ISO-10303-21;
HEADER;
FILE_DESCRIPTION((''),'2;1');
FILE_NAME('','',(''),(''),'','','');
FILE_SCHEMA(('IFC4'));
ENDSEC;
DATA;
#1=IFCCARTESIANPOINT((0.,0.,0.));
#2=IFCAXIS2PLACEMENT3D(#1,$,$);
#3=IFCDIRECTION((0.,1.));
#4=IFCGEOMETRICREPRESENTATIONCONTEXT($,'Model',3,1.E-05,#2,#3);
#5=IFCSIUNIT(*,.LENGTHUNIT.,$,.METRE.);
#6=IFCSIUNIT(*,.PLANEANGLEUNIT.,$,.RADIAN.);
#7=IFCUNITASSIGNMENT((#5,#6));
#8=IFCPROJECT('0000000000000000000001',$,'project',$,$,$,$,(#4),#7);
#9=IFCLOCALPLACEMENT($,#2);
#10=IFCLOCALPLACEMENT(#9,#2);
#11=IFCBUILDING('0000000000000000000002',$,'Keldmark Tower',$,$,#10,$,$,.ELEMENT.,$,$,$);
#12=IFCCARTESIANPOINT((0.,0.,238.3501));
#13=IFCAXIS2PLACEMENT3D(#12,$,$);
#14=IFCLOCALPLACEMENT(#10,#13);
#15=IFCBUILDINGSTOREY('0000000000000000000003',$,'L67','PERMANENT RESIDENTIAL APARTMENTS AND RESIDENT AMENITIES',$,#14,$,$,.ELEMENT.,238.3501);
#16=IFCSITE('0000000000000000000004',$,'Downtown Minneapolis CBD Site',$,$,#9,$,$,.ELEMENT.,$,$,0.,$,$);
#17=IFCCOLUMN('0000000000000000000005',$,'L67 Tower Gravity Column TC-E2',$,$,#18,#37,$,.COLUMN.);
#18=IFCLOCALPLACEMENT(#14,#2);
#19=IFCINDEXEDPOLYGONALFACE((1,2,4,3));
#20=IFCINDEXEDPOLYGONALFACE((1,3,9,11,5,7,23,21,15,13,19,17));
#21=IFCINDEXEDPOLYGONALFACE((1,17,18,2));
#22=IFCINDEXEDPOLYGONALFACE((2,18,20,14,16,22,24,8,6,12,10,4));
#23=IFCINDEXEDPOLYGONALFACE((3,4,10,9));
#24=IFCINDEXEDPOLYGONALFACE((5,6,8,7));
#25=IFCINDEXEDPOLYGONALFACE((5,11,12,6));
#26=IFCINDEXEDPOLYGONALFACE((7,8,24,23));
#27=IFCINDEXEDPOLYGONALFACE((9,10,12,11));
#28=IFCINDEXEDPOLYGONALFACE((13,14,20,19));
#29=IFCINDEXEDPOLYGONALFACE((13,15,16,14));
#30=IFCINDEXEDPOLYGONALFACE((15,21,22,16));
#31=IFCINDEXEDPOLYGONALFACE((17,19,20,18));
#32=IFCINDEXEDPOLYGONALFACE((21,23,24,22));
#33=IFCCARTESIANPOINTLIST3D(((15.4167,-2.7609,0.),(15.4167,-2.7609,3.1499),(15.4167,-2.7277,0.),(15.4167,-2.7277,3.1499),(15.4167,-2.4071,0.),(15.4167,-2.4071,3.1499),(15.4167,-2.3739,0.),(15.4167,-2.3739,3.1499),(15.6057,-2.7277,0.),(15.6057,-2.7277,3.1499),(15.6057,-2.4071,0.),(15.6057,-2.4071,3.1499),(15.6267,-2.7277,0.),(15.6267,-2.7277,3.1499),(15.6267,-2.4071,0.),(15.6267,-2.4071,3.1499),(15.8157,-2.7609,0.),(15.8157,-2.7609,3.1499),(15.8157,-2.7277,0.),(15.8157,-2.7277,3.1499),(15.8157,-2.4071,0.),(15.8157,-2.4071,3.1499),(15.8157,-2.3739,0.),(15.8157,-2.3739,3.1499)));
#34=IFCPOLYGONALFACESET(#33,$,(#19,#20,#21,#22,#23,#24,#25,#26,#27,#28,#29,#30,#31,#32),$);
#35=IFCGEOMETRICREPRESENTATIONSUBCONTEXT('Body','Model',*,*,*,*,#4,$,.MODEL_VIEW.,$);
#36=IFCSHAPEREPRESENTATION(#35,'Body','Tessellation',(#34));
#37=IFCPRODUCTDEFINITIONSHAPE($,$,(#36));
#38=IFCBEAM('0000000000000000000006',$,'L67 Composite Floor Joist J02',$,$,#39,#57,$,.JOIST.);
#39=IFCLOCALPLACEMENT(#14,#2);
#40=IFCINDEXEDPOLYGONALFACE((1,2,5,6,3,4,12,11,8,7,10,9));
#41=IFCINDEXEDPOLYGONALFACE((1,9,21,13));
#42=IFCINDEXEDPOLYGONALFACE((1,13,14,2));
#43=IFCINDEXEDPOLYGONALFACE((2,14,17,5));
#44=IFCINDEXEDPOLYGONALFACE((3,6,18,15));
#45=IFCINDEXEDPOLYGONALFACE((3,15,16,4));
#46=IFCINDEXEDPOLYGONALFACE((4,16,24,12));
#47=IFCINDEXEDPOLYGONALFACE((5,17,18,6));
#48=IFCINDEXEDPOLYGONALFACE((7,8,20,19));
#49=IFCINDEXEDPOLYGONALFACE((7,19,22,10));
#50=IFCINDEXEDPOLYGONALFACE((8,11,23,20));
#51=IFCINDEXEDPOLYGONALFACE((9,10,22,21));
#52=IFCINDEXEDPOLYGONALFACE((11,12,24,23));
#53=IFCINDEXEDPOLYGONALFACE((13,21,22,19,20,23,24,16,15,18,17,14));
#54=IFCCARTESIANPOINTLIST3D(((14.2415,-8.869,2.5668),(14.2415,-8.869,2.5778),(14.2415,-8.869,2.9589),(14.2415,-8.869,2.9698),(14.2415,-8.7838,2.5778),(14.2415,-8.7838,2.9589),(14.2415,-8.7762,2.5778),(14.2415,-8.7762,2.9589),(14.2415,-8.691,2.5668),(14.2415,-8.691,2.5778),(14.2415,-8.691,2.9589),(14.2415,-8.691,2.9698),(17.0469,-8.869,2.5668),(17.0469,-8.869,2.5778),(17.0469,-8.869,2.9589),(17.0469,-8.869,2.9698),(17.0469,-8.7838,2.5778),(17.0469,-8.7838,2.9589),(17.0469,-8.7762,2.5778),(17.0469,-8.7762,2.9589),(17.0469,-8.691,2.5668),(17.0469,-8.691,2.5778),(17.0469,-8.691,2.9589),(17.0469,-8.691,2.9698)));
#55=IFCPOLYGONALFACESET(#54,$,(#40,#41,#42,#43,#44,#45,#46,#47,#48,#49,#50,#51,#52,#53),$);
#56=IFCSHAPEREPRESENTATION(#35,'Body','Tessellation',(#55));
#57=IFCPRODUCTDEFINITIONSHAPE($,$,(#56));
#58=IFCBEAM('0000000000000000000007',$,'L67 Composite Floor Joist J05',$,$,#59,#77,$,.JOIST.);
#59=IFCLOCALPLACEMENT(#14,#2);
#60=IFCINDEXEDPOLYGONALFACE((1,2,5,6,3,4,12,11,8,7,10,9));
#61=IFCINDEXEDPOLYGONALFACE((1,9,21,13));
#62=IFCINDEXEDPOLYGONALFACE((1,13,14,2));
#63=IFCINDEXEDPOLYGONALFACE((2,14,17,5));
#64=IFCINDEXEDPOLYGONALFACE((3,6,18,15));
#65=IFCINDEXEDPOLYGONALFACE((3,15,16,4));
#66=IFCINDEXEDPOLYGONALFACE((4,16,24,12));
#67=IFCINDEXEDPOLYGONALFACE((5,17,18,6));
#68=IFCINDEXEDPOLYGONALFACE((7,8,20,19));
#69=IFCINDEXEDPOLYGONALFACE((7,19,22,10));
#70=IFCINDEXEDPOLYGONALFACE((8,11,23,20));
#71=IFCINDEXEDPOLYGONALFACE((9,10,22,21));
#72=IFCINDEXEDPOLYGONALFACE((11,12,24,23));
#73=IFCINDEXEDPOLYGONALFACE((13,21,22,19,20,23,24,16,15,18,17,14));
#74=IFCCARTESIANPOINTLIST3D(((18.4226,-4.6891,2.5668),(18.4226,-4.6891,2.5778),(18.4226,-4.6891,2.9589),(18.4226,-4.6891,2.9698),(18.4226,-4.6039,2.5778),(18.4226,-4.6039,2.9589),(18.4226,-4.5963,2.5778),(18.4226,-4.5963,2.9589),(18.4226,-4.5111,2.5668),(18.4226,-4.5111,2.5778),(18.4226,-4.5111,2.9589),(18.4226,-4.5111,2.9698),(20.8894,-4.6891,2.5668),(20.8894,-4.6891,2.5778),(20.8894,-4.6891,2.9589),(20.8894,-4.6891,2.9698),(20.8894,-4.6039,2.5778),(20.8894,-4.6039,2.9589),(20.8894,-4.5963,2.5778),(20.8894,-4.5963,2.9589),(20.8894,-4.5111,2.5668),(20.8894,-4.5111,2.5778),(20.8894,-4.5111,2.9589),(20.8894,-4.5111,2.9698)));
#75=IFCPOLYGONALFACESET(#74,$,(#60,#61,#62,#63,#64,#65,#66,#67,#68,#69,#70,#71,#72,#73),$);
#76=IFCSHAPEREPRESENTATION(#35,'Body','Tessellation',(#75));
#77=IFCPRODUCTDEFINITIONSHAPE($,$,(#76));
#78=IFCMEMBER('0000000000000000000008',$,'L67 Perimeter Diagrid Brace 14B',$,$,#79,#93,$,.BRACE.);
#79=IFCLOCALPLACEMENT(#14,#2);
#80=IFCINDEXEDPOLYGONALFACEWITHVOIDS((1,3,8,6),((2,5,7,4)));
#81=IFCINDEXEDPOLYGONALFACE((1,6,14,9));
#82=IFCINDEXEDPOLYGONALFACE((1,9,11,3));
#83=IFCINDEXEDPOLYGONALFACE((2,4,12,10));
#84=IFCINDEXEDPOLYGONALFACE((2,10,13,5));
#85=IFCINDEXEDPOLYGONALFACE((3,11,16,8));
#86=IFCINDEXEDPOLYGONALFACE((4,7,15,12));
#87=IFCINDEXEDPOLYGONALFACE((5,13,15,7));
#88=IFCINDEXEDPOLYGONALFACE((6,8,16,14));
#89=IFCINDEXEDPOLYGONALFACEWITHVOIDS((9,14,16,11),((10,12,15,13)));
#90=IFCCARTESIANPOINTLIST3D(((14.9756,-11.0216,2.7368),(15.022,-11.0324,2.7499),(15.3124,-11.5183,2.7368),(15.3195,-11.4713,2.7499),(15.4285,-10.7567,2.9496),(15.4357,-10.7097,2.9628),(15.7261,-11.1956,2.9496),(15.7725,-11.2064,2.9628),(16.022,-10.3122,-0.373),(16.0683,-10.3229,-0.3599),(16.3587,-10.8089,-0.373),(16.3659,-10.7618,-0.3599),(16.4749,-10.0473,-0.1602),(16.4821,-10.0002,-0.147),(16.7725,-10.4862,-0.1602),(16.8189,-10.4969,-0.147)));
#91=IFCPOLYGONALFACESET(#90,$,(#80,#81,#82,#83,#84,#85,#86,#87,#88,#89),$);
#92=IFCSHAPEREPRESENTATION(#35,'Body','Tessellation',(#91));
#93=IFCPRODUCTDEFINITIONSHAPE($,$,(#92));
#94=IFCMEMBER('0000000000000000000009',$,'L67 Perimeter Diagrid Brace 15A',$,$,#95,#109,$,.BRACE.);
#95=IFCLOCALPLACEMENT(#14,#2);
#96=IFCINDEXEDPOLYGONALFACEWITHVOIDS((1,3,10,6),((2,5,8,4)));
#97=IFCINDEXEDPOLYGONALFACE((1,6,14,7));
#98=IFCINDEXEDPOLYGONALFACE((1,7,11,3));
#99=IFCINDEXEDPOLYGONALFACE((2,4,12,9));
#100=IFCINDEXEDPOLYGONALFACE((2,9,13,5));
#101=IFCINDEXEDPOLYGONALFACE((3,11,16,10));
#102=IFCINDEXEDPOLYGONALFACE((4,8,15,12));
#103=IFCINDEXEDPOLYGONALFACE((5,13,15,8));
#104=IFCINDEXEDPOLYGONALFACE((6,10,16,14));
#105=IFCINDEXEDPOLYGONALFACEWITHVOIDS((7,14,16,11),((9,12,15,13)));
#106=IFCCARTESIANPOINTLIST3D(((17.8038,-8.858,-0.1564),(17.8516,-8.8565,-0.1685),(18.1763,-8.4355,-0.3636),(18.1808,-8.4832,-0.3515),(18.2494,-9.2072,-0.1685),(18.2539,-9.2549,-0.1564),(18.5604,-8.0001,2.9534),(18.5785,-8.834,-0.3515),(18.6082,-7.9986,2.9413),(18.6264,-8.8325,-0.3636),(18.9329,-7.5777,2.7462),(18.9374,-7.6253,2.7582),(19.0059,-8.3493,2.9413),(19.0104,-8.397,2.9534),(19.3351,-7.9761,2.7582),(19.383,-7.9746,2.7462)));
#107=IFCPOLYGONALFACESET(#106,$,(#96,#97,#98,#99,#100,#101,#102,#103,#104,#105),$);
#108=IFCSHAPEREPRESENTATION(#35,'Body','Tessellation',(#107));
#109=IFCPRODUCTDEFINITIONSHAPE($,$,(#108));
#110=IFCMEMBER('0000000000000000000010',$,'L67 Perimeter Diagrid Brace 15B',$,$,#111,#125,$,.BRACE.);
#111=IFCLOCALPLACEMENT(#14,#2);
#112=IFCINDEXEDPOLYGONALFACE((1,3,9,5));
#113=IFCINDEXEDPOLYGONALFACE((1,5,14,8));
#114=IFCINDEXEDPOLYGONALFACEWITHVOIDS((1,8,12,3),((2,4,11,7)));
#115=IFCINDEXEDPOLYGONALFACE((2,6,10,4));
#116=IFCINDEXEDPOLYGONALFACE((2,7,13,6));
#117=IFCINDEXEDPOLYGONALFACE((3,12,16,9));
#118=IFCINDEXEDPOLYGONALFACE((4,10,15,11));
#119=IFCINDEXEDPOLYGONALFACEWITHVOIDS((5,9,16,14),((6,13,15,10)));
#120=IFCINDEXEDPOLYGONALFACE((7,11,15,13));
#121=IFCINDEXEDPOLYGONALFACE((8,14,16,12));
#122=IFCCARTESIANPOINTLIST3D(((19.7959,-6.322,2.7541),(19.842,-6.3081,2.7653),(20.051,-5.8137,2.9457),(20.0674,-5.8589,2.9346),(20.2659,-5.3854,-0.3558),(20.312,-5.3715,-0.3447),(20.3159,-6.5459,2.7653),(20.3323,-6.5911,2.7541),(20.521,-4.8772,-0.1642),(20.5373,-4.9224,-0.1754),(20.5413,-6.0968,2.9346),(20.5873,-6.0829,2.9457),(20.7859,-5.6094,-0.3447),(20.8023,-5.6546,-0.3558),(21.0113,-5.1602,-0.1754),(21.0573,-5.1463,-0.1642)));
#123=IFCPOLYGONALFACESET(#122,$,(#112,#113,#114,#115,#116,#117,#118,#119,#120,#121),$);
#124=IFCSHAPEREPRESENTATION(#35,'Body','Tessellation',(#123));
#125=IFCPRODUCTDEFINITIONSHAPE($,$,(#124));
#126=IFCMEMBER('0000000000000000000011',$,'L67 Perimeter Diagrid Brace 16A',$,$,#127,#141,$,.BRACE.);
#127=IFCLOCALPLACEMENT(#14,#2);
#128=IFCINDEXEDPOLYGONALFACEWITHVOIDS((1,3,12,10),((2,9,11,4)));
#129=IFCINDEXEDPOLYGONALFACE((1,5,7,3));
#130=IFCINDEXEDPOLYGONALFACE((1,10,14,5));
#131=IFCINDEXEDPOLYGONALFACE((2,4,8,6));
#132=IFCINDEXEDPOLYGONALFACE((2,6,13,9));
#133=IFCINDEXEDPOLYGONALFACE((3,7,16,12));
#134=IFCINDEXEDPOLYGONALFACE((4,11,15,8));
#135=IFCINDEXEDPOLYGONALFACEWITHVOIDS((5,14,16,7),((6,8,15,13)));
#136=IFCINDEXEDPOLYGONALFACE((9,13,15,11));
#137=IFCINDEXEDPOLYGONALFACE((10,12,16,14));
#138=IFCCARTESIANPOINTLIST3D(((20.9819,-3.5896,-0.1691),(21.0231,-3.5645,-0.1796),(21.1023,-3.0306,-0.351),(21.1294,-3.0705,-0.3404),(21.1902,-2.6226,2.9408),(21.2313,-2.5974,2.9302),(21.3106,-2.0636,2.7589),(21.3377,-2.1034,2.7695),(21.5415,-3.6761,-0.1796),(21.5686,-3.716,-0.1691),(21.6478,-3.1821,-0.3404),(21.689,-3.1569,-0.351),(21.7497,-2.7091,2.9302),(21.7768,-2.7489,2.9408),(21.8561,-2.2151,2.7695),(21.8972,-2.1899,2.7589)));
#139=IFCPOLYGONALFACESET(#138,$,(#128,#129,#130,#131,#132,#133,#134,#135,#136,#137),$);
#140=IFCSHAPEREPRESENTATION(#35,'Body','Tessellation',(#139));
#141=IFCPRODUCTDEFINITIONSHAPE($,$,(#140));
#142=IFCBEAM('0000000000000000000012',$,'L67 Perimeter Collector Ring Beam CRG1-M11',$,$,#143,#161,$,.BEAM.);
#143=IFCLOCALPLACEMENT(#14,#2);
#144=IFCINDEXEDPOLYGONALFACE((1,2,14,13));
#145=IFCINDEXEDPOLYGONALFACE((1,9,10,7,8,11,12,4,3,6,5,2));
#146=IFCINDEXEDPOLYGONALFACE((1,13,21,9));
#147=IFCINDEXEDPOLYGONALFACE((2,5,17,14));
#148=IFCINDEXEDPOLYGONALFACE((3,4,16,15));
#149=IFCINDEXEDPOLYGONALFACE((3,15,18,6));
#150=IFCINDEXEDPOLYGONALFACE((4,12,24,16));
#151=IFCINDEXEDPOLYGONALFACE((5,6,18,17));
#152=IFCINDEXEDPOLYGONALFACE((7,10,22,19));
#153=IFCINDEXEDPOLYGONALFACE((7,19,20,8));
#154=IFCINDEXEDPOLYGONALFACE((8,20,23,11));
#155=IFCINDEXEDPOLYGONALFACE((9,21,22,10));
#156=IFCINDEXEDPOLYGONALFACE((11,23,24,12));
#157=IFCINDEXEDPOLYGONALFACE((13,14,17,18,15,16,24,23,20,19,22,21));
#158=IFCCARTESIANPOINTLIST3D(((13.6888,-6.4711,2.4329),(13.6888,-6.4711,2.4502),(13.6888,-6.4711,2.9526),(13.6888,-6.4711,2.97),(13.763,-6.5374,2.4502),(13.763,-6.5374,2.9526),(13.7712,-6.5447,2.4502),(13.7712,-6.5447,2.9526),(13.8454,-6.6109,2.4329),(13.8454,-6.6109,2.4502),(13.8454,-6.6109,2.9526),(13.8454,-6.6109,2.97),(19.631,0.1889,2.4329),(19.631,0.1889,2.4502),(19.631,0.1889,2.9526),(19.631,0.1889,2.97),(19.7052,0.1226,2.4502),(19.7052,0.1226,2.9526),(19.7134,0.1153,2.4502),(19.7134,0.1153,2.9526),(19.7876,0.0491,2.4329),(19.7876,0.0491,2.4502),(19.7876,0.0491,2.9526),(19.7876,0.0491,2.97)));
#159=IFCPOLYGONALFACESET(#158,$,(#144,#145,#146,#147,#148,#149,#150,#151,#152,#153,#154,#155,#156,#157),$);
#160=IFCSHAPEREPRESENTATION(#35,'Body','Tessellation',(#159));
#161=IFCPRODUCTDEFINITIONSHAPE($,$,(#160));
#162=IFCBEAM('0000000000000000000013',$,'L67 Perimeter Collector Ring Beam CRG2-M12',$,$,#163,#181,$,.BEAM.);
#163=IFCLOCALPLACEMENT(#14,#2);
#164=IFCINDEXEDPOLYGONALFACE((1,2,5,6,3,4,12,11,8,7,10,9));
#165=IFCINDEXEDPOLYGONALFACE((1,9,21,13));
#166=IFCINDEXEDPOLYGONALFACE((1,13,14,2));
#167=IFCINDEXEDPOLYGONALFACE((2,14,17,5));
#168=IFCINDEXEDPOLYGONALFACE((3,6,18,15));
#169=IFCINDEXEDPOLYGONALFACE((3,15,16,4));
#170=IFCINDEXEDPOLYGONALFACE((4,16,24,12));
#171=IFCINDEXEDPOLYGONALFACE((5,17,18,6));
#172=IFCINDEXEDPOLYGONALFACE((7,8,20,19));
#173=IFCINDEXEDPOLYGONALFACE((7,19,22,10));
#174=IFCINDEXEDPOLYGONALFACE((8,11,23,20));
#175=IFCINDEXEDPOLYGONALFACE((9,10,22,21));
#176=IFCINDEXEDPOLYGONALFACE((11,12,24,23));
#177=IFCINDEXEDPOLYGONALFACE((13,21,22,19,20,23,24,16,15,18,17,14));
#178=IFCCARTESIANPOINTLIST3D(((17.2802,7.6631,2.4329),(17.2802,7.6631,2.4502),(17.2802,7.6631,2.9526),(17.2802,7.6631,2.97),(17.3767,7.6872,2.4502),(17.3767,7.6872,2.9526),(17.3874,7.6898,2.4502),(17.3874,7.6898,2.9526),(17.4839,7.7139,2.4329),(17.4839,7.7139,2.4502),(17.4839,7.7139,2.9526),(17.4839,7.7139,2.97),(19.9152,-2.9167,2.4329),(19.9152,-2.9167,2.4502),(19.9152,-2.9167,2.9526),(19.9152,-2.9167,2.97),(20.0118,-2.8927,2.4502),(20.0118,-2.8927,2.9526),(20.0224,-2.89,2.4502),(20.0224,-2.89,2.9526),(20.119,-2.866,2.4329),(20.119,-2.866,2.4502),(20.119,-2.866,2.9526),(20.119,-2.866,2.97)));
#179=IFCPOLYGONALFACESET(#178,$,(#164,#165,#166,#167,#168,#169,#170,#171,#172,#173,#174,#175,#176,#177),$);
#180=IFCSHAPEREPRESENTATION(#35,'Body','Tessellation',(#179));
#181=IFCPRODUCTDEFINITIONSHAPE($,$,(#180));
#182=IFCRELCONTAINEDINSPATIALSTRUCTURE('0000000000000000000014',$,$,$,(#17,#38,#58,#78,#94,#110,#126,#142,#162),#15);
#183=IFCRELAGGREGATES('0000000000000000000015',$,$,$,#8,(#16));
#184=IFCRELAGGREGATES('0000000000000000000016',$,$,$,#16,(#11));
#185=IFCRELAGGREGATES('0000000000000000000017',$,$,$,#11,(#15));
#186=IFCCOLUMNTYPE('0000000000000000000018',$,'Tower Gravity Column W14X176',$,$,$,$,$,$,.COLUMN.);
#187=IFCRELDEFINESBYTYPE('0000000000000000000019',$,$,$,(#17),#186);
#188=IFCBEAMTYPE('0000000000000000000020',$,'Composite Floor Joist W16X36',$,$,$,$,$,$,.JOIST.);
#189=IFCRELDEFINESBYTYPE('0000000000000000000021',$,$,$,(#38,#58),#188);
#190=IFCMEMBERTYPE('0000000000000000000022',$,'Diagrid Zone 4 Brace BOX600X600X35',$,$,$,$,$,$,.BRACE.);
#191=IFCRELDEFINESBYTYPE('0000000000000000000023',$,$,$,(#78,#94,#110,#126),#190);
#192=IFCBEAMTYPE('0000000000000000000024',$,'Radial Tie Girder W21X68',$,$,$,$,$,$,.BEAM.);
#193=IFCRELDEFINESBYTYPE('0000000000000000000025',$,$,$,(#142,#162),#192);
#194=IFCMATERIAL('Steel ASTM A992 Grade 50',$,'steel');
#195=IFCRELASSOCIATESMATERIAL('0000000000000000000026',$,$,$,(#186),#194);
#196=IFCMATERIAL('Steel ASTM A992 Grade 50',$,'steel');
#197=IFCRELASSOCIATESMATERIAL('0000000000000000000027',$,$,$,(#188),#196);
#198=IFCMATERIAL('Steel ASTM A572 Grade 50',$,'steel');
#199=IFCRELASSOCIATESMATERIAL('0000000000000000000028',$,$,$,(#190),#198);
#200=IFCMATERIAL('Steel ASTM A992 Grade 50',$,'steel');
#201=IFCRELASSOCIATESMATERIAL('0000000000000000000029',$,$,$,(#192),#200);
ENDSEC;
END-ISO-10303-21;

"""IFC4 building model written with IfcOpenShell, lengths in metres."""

from ifc_helpers import new_model, si_unit, direction, frame, origin, origin_2d, place, context, subcontext, project, spatial, hollow_rectangle, i_section, extrude, material, material_profile, profile_set, type_object, element, save


model = new_model("IFC4")

# Units and contexts
model_context = context("Model", 3, precision=1e-05, world=origin(), true_north=direction((0.0, 1.0)))
body_context = subcontext(model_context, "Body", "Model", "MODEL_VIEW")
ifc_project = project(units=[si_unit("LENGTHUNIT", "METRE"), si_unit("PLANEANGLEUNIT", "RADIAN")], contexts=[model_context])

# Site, building, storey
site_placement = place(None, origin())
site = spatial("IfcSite", under=ifc_project, at=site_placement, Name="Downtown Minneapolis CBD Site", CompositionType="ELEMENT", RefElevation=0.0)
building_placement = place(site_placement, origin())
building = spatial("IfcBuilding", under=site, at=building_placement, Name="Keldmark Tower", CompositionType="ELEMENT")
storey_placement = place(building_placement, frame((0.0, 0.0, 238.3501)))
storey = spatial("IfcBuildingStorey", under=building, at=storey_placement, Name="L67", Description="PERMANENT RESIDENTIAL APARTMENTS AND RESIDENT AMENITIES", CompositionType="ELEMENT", Elevation=238.3501)

# Column
ifc_material_1 = material(Name="Steel ASTM A992 Grade 50", Category="steel")
ifc_material_profile_1 = material_profile(ifc_material_1, i_section(OverallWidth=0.3989, OverallDepth=0.387, WebThickness=0.021, FlangeThickness=0.0332, at=origin_2d()), Name="W14X176")
ifc_profile_set_1 = profile_set([ifc_material_profile_1], Name="Steel ASTM A992 Grade 50")
column_type = type_object("IfcColumnType", Name="Tower Gravity Column W14X176", PredefinedType="COLUMN", material=ifc_profile_set_1)
column_placement = place(storey_placement, frame((15.6162, -2.5674, 0.0), z_axis=(0.0, 0.0, 1.0), x_axis=(1.0, 0.0, 0.0)))
element("IfcColumn", 1, at=column_placement, inside=storey, type_object=column_type, Name="L67 Tower Gravity Column TC-E2", PredefinedType="COLUMN", context=body_context, shape_type="SweptSolid", body=[
    extrude(i_section(OverallWidth=0.3989, OverallDepth=0.387, WebThickness=0.021, FlangeThickness=0.0332, at=origin_2d()), origin(), (0.0, 0.0, 1.0), 3.1499),
])

# Beams
ifc_material_2 = material(Name="Steel ASTM A992 Grade 50", Category="steel")
ifc_material_profile_2 = material_profile(ifc_material_2, i_section(OverallWidth=0.178, OverallDepth=0.4031, WebThickness=0.0076, FlangeThickness=0.011, at=origin_2d()), Name="W16X36")
ifc_profile_set_2 = profile_set([ifc_material_profile_2], Name="Steel ASTM A992 Grade 50")
beam_type_1 = type_object("IfcBeamType", Name="Composite Floor Joist W16X36", PredefinedType="JOIST", material=ifc_profile_set_2)
beam_1_placement = place(storey_placement, frame((14.2415, -8.78, 2.7683), z_axis=(1.0, 0.0, 0.0), x_axis=(0.0, 1.0, 0.0)))
element("IfcBeam", 2, at=beam_1_placement, inside=storey, type_object=beam_type_1, Name="L67 Composite Floor Joist J02", PredefinedType="JOIST", context=body_context, shape_type="SweptSolid", body=[
    extrude(i_section(OverallWidth=0.178, OverallDepth=0.4031, WebThickness=0.0076, FlangeThickness=0.011, at=origin_2d()), origin(), (0.0, 0.0, 1.0), 2.8054),
])
beam_2_placement = place(storey_placement, frame((18.4226, -4.6001, 2.7683), z_axis=(1.0, 0.0, 0.0), x_axis=(0.0, 1.0, 0.0)))
element("IfcBeam", 3, at=beam_2_placement, inside=storey, type_object=beam_type_1, Name="L67 Composite Floor Joist J05", PredefinedType="JOIST", context=body_context, shape_type="SweptSolid", body=[
    extrude(i_section(OverallWidth=0.178, OverallDepth=0.4031, WebThickness=0.0076, FlangeThickness=0.011, at=origin_2d()), origin(), (0.0, 0.0, 1.0), 2.4668),
])

# Members
ifc_material_3 = material(Name="Steel ASTM A572 Grade 50", Category="steel")
ifc_material_profile_3 = material_profile(ifc_material_3, hollow_rectangle(XDim=0.6001, YDim=0.6001, WallThickness=0.0349, at=origin_2d()), Name="BOX600X600X35")
ifc_profile_set_3 = profile_set([ifc_material_profile_3], Name="Steel ASTM A572 Grade 50")
member_type = type_object("IfcMemberType", Name="Diagrid Zone 4 Brace BOX600X600X35", PredefinedType="BRACE", material=ifc_profile_set_3)
member_1_placement = place(storey_placement, frame((16.4204, -10.4045, -0.26), z_axis=(-0.311702, -0.211341, 0.926378), x_axis=(0.56119, -0.827687, 0.0)))
element("IfcMember", 4, at=member_1_placement, inside=storey, type_object=member_type, Name="L67 Perimeter Diagrid Brace 14B", PredefinedType="BRACE", context=body_context, shape_type="SweptSolid", body=[
    extrude(hollow_rectangle(XDim=0.6001, YDim=0.6001, WallThickness=0.0349, at=origin_2d()), origin(), (0.0, 0.0, 1.0), 3.3569),
])
member_2_placement = place(storey_placement, frame((18.2151, -8.8452, -0.26), z_axis=(0.228332, 0.258909, 0.938526), x_axis=(-0.750006, 0.661431, 0.0)))
element("IfcMember", 5, at=member_2_placement, inside=storey, type_object=member_type, Name="L67 Perimeter Diagrid Brace 15A", PredefinedType="BRACE", context=body_context, shape_type="SweptSolid", body=[
    extrude(hollow_rectangle(XDim=0.6001, YDim=0.6001, WallThickness=0.0349, at=origin_2d()), origin(), (0.0, 0.0, 1.0), 3.3135),
])
member_3_placement = place(storey_placement, frame((20.6616, -5.2659, -0.26), z_axis=(-0.143212, -0.285382, 0.947654), x_axis=(0.893774, -0.448518, 0.0)))
element("IfcMember", 6, at=member_3_placement, inside=storey, type_object=member_type, Name="L67 Perimeter Diagrid Brace 15B", PredefinedType="BRACE", context=body_context, shape_type="SweptSolid", body=[
    extrude(hollow_rectangle(XDim=0.6001, YDim=0.6001, WallThickness=0.0349, at=origin_2d()), origin(), (0.0, 0.0, 1.0), 3.2817),
])
member_4_placement = place(storey_placement, frame((21.3354, -3.3733, -0.26), z_axis=(0.063814, 0.296329, 0.952952), x_axis=(-0.977589, 0.210523, 0.0)))
element("IfcMember", 7, at=member_4_placement, inside=storey, type_object=member_type, Name="L67 Perimeter Diagrid Brace 16A", PredefinedType="BRACE", context=body_context, shape_type="SweptSolid", body=[
    extrude(hollow_rectangle(XDim=0.6001, YDim=0.6001, WallThickness=0.0349, at=origin_2d()), origin(), (0.0, 0.0, 1.0), 3.2634),
])

# Beams
ifc_material_4 = material(Name="Steel ASTM A992 Grade 50", Category="steel")
ifc_material_profile_4 = material_profile(ifc_material_4, i_section(OverallWidth=0.21, OverallDepth=0.5371, WebThickness=0.011, FlangeThickness=0.0173, at=origin_2d()), Name="W21X68")
ifc_profile_set_4 = profile_set([ifc_material_profile_4], Name="Steel ASTM A992 Grade 50")
beam_type_2 = type_object("IfcBeamType", Name="Radial Tie Girder W21X68", PredefinedType="BEAM", material=ifc_profile_set_4)
beam_3_placement = place(storey_placement, frame((13.7671, -6.541, 2.7014), z_axis=(0.665753, 0.746172, 0.0), x_axis=(-0.746172, 0.665753, 0.0)))
element("IfcBeam", 8, at=beam_3_placement, inside=storey, type_object=beam_type_2, Name="L67 Perimeter Collector Ring Beam CRG1-M11", PredefinedType="BEAM", context=body_context, shape_type="SweptSolid", body=[
    extrude(i_section(OverallWidth=0.21, OverallDepth=0.5371, WebThickness=0.011, FlangeThickness=0.0173, at=origin_2d()), origin(), (0.0, 0.0, 1.0), 8.9255),
])
beam_4_placement = place(storey_placement, frame((20.0171, -2.8914, 2.7014), z_axis=(-0.241677, 0.970357, 0.0), x_axis=(-0.970357, -0.241677, 0.0)))
element("IfcBeam", 9, at=beam_4_placement, inside=storey, type_object=beam_type_2, Name="L67 Perimeter Collector Ring Beam CRG2-M12", PredefinedType="BEAM", context=body_context, shape_type="SweptSolid", body=[
    extrude(i_section(OverallWidth=0.21, OverallDepth=0.5371, WebThickness=0.011, FlangeThickness=0.0173, at=origin_2d()), origin(), (0.0, 0.0, 1.0), 10.9031),
])

save(model, "model.ifc")
